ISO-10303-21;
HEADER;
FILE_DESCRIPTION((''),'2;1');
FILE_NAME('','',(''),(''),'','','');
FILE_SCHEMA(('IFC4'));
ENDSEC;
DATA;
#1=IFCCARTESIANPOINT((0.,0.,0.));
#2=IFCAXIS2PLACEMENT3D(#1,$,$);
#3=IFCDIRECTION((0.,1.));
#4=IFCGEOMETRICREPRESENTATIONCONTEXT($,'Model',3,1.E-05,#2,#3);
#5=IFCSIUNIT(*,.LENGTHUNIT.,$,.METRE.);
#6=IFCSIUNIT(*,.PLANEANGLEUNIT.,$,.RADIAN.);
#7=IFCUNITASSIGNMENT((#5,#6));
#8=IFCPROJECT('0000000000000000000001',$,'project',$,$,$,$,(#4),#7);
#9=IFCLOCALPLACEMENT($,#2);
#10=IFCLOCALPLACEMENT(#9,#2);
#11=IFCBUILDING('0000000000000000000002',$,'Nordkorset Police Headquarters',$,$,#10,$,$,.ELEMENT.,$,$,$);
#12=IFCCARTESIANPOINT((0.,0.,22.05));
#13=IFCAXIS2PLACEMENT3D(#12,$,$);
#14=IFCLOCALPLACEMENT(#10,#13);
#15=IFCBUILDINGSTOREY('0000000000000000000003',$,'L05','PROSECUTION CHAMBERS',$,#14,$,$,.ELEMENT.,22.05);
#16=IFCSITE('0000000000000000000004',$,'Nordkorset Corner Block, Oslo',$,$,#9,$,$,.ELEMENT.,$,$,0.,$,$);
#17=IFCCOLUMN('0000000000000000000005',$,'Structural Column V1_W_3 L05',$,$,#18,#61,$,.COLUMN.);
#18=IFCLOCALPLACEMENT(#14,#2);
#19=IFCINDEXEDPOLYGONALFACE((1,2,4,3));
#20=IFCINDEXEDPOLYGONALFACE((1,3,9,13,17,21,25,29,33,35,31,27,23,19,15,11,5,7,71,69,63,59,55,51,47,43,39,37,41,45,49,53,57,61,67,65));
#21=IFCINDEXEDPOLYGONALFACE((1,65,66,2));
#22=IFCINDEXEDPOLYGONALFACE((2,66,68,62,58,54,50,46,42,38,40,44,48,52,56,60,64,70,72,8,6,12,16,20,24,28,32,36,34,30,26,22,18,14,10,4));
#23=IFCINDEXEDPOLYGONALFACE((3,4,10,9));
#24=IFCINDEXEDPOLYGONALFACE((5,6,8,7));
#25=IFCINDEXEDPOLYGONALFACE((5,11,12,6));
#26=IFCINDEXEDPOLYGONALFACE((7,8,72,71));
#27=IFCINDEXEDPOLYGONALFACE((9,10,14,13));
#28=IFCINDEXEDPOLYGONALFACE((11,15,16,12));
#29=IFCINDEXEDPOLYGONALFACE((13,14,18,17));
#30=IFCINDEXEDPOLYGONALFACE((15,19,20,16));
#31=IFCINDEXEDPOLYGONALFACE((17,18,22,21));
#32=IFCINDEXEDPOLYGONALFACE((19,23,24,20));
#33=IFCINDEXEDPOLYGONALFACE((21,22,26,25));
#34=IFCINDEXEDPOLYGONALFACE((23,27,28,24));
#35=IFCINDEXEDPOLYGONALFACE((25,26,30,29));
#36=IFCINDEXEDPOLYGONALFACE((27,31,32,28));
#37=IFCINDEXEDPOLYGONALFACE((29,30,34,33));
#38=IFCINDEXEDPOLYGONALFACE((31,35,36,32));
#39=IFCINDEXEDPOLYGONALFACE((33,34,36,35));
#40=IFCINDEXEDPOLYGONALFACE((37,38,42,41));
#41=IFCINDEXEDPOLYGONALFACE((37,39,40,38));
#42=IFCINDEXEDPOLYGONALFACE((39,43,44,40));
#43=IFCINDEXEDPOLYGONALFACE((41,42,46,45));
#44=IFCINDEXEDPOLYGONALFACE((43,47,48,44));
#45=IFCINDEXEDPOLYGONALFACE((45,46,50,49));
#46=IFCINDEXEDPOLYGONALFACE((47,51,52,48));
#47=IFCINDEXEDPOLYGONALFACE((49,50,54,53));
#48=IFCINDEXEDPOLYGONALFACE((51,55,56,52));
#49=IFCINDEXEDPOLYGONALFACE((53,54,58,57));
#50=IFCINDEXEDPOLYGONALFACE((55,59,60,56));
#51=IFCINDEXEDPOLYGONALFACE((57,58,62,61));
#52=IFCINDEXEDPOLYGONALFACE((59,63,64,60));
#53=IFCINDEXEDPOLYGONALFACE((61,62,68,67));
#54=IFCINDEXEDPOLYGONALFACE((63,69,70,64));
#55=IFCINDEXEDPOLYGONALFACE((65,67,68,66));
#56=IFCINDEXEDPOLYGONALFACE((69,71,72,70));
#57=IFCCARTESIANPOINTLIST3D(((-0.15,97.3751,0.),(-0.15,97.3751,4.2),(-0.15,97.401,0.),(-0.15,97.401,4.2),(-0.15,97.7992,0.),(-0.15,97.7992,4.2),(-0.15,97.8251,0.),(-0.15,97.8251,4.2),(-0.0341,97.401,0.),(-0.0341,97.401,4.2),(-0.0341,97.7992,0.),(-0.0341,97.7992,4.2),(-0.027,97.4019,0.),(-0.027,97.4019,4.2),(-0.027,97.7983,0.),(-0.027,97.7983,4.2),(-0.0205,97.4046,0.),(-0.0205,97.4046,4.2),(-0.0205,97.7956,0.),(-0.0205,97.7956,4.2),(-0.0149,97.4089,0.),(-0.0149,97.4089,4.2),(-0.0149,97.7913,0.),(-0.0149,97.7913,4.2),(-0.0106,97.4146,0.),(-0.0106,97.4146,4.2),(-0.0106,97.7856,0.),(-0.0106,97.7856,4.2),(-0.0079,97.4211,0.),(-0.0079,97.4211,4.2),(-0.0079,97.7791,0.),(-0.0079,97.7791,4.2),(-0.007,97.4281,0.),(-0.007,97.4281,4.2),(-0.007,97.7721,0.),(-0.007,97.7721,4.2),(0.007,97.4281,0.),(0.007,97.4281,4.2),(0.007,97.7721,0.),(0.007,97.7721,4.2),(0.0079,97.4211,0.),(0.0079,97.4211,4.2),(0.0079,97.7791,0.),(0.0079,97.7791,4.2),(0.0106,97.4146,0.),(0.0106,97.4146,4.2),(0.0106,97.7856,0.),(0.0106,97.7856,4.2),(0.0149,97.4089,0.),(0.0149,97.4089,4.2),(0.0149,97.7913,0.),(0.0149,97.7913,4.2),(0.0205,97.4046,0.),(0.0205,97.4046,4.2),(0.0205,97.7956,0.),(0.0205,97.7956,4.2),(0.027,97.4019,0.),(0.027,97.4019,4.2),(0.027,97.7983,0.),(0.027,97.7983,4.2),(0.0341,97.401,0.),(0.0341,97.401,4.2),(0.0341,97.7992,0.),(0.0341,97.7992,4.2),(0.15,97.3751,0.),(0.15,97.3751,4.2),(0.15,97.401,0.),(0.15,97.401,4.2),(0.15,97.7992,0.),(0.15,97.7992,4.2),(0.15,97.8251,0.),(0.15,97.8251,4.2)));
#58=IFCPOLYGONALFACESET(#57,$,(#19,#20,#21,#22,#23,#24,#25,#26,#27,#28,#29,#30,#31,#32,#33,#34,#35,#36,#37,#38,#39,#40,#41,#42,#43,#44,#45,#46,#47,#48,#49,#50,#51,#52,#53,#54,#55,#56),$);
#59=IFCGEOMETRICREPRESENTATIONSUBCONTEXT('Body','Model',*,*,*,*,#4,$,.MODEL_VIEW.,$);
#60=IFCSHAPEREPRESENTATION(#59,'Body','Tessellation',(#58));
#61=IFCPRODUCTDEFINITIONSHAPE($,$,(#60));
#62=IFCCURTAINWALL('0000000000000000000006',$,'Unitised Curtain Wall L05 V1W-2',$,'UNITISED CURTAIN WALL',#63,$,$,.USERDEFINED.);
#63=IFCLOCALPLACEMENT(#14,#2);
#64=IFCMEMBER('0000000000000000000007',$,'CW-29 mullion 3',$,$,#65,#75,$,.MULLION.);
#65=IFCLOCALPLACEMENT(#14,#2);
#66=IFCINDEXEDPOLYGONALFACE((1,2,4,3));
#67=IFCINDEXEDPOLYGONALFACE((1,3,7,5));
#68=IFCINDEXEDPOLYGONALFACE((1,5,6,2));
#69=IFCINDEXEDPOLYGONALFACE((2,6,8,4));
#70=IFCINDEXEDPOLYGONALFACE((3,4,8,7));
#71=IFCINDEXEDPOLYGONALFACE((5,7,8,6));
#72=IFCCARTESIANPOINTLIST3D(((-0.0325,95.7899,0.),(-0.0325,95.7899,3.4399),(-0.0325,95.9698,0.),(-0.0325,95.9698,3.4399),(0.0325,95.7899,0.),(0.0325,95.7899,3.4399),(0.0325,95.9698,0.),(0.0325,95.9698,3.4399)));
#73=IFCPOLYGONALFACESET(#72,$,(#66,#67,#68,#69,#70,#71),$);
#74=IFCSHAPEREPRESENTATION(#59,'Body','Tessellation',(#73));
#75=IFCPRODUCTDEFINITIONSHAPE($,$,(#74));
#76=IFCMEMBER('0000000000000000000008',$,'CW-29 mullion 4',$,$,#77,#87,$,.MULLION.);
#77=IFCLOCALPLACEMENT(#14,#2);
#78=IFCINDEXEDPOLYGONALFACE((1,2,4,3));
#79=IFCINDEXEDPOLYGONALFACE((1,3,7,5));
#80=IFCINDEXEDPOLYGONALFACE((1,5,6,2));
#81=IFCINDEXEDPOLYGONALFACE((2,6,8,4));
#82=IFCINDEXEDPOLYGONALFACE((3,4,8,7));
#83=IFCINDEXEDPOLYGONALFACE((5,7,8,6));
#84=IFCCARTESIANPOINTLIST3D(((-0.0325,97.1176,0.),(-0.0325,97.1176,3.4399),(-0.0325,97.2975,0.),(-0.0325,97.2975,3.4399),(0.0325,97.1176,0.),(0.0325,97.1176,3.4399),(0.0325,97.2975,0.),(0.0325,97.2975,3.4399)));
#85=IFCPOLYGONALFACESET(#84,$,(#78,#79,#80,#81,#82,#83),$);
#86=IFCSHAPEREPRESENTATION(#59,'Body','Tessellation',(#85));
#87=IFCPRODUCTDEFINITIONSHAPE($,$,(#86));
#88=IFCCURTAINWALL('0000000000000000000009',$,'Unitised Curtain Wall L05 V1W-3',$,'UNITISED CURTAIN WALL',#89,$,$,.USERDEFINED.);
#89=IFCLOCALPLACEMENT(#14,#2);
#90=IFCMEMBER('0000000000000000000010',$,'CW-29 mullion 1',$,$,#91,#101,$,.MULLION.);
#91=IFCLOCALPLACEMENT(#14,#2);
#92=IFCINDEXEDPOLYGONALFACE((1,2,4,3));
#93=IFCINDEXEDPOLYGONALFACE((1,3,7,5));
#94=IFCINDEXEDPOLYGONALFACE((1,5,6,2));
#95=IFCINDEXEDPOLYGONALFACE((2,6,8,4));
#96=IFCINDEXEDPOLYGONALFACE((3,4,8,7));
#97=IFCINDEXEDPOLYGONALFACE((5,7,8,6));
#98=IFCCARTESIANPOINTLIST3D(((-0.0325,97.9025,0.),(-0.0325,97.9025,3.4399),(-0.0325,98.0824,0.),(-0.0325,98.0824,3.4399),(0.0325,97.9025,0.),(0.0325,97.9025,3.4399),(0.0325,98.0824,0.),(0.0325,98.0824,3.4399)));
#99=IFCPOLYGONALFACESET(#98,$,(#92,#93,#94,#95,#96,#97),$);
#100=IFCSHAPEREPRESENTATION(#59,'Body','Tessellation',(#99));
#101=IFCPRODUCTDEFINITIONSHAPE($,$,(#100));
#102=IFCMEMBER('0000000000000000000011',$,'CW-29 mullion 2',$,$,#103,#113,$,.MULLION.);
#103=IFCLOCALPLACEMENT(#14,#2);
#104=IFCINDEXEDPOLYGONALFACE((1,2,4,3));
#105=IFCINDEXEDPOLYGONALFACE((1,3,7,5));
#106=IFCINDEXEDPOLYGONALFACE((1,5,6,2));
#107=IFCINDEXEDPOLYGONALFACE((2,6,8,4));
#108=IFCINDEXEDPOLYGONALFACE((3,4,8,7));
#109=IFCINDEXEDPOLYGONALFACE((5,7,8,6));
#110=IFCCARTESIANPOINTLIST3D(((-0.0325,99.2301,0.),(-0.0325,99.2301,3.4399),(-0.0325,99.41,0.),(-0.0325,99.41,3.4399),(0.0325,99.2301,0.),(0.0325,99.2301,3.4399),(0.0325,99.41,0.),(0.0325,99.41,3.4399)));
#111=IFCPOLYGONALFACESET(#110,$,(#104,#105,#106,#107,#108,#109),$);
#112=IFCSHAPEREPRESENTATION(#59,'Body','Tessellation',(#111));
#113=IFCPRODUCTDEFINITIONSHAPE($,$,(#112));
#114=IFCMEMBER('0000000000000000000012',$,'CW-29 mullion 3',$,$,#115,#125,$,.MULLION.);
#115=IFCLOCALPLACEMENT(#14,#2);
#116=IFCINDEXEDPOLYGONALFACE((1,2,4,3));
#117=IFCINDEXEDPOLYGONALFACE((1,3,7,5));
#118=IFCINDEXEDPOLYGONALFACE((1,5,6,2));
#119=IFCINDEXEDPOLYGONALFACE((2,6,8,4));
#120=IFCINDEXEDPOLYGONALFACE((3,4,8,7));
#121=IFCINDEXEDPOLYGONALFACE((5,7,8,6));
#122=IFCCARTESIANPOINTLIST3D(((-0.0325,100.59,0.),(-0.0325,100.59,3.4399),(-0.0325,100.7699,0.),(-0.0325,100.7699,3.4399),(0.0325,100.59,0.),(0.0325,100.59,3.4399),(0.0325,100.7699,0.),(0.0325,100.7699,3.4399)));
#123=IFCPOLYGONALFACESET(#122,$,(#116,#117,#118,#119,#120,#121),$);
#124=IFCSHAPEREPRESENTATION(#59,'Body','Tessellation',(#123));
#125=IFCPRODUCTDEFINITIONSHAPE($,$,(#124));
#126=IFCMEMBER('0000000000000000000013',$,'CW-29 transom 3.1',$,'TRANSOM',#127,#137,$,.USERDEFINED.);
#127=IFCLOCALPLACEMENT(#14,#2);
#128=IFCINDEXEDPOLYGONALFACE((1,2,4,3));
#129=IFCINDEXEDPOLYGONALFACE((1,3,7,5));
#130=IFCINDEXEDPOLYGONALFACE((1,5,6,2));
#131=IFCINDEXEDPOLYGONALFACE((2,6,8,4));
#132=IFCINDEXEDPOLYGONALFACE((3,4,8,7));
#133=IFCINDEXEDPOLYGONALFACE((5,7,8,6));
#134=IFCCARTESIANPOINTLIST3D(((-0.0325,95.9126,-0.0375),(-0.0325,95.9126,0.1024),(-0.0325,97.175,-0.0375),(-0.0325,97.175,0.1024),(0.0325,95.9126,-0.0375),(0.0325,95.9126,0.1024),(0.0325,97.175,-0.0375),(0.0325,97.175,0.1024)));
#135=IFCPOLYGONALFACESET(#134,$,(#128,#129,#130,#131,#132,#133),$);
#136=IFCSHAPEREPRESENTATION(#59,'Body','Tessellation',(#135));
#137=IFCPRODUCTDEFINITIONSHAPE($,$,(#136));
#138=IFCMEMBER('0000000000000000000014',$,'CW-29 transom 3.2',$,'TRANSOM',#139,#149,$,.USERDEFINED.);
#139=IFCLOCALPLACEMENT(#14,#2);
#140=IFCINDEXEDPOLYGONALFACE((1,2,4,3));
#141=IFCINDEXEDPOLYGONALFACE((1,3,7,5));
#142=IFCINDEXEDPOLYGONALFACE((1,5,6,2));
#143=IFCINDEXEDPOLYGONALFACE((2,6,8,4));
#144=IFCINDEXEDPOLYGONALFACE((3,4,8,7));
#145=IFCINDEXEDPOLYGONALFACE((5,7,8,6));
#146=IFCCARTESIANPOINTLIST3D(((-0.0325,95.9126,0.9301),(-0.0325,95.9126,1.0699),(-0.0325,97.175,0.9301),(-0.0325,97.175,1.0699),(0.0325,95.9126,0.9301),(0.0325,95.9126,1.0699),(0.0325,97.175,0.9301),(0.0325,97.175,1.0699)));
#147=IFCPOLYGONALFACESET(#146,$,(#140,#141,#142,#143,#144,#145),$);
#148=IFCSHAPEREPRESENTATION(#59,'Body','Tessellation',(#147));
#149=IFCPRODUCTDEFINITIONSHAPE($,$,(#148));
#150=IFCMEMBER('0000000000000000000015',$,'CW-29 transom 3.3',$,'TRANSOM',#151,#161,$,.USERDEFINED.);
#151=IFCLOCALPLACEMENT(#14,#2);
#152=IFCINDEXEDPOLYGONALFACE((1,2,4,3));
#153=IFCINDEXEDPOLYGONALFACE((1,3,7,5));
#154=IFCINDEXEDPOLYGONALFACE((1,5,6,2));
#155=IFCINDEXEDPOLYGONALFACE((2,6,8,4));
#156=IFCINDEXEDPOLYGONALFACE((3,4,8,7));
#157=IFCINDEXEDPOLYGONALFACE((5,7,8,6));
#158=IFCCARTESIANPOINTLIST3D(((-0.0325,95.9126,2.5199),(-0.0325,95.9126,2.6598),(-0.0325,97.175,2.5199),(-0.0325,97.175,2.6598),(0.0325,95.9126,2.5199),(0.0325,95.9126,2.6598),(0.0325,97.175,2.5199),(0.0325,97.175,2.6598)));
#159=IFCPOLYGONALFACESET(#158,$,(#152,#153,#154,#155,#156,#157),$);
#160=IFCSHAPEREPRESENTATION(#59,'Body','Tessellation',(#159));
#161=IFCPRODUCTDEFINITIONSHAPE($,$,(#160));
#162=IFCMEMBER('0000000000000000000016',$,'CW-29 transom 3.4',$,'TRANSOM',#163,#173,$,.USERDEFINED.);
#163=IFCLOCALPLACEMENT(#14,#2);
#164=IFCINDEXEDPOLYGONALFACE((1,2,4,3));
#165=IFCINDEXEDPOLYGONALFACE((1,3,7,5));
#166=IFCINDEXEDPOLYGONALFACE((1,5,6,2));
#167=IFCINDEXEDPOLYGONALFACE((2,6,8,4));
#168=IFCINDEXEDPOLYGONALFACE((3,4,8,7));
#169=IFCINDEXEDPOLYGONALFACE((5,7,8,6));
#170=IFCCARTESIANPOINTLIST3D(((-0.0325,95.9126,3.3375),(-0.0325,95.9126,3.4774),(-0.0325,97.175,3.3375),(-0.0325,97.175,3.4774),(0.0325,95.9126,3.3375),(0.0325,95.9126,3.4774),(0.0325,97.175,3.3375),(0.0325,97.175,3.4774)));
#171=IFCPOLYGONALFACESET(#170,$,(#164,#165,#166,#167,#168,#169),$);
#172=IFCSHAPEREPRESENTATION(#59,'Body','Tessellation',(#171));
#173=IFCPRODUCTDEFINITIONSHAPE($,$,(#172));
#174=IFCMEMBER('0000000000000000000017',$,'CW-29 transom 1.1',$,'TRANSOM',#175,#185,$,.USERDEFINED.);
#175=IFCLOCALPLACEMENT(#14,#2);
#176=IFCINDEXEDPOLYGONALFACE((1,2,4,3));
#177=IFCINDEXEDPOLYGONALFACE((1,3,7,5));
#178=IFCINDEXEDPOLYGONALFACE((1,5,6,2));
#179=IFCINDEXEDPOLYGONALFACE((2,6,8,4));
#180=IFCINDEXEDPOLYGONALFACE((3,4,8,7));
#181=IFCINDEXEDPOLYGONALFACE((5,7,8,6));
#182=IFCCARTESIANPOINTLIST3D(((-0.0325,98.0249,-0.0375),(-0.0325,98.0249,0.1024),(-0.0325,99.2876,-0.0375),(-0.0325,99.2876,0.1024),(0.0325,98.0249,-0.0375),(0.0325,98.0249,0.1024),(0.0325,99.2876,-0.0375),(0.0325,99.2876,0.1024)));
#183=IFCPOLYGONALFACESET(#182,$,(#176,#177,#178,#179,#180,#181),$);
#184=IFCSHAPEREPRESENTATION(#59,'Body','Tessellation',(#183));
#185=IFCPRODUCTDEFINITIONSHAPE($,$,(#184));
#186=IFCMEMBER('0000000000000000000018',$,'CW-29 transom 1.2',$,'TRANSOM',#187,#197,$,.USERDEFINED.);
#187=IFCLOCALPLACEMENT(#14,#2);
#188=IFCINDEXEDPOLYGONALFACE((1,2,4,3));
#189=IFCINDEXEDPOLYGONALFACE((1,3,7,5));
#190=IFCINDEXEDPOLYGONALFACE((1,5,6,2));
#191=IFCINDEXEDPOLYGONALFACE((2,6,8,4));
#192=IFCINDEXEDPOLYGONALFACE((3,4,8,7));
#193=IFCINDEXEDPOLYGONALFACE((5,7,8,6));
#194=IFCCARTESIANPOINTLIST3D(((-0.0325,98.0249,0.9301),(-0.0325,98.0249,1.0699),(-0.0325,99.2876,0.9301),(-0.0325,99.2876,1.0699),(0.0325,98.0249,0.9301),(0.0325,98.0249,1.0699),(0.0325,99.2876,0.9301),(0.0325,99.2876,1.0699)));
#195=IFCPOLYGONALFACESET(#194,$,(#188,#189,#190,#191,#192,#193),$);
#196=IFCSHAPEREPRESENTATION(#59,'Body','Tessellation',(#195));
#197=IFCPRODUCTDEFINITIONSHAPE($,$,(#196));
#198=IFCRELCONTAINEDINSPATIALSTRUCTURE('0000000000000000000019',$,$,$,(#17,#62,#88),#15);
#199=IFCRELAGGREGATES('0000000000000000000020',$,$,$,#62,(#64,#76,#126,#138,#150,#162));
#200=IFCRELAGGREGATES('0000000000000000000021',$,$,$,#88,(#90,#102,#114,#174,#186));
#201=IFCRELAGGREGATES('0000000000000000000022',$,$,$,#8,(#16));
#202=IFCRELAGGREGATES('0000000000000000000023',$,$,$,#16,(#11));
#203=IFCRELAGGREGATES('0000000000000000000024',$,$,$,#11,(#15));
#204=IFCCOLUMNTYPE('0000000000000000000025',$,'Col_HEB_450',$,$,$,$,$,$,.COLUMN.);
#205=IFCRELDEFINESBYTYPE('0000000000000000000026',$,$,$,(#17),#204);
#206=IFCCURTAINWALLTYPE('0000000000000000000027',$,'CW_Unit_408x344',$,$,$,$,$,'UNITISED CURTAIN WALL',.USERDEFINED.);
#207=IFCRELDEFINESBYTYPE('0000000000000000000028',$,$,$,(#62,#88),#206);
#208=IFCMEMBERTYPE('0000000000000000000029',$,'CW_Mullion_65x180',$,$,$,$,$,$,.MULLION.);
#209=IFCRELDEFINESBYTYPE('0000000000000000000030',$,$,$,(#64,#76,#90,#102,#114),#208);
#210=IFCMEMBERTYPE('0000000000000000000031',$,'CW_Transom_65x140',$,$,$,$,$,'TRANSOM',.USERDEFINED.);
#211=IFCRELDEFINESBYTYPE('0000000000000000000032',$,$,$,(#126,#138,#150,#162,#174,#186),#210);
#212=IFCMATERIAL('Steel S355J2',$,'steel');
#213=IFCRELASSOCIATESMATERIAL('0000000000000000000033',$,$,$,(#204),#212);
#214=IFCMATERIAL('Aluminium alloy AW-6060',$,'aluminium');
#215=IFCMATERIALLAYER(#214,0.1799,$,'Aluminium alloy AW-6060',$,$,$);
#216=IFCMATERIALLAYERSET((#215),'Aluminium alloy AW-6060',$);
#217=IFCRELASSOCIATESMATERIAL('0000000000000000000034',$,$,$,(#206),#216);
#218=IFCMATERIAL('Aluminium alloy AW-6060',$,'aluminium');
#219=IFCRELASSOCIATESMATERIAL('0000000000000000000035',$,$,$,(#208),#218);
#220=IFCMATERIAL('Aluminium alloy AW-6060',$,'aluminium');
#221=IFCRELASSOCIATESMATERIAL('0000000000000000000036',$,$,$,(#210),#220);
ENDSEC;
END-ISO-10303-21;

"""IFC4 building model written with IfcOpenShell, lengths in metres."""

from ifc_helpers import new_model, si_unit, direction, frame, origin, origin_2d, place, context, subcontext, project, spatial, rectangle, i_section, extrude, material, layer, layer_set, material_profile, profile_set, type_object, element, aggregate, save


model = new_model("IFC4")

# Units and contexts
model_context = context("Model", 3, precision=1e-05, world=origin(), true_north=direction((0.0, 1.0)))
body_context = subcontext(model_context, "Body", "Model", "MODEL_VIEW")
ifc_project = project(units=[si_unit("LENGTHUNIT", "METRE"), si_unit("PLANEANGLEUNIT", "RADIAN")], contexts=[model_context])

# Site, building, storey
site_placement = place(None, origin())
site = spatial("IfcSite", under=ifc_project, at=site_placement, Name="Nordkorset Corner Block, Oslo", CompositionType="ELEMENT", RefElevation=0.0)
building_placement = place(site_placement, origin())
building = spatial("IfcBuilding", under=site, at=building_placement, Name="Nordkorset Police Headquarters", CompositionType="ELEMENT")
storey_placement = place(building_placement, frame((0.0, 0.0, 22.05)))
storey = spatial("IfcBuildingStorey", under=building, at=storey_placement, Name="L05", Description="PROSECUTION CHAMBERS", CompositionType="ELEMENT", Elevation=22.05)

# Column
ifc_material_1 = material(Name="Steel S355J2", Category="steel")
ifc_material_profile_1 = material_profile(ifc_material_1, i_section(OverallWidth=0.3, OverallDepth=0.45, WebThickness=0.0139, FlangeThickness=0.0259, FilletRadius=0.0271, at=origin_2d()), Name="HEB 450")
ifc_profile_set_1 = profile_set([ifc_material_profile_1], Name="Steel S355J2")
column_type = type_object("IfcColumnType", Name="Col_HEB_450", PredefinedType="COLUMN", material=ifc_profile_set_1)
column_placement = place(storey_placement, frame((0.0, 97.6001, 0.0), z_axis=(0.0, 0.0, 1.0), x_axis=(1.0, 0.0, 0.0)))
element("IfcColumn", 1, at=column_placement, inside=storey, type_object=column_type, Name="Structural Column V1_W_3 L05", PredefinedType="COLUMN", context=body_context, shape_type="SweptSolid", body=[
    extrude(i_section(OverallWidth=0.3, OverallDepth=0.45, WebThickness=0.0139, FlangeThickness=0.0259, FilletRadius=0.0271, at=origin_2d()), origin(), (0.0, 0.0, 1.0), 4.2),
])

# Curtain walls, members
ifc_material_2 = material(Name="Aluminium alloy AW-6060", Category="aluminium")
ifc_layer_1 = layer(ifc_material_2, 0.1799, Name="Aluminium alloy AW-6060")
ifc_layer_set_1 = layer_set([ifc_layer_1], Name="Aluminium alloy AW-6060")
curtain_wall_type = type_object("IfcCurtainWallType", Name="CW_Unit_408x344", ElementType="UNITISED CURTAIN WALL", PredefinedType="USERDEFINED", material=ifc_layer_set_1)
curtain_wall_1_placement = place(storey_placement, origin())
curtain_wall_1 = element("IfcCurtainWall", 2, at=curtain_wall_1_placement, inside=storey, type_object=curtain_wall_type, Name="Unitised Curtain Wall L05 V1W-2", ObjectType="UNITISED CURTAIN WALL", PredefinedType="USERDEFINED")
ifc_material_3 = material(Name="Aluminium alloy AW-6060", Category="aluminium")
ifc_material_profile_2 = material_profile(ifc_material_3, rectangle(XDim=0.0649, YDim=0.1799, at=origin_2d()), Name="ALU MULL 65x180")
ifc_profile_set_2 = profile_set([ifc_material_profile_2], Name="Aluminium alloy AW-6060")
member_type_1 = type_object("IfcMemberType", Name="CW_Mullion_65x180", PredefinedType="MULLION", material=ifc_profile_set_2)
member_1_placement = place(storey_placement, frame((0.0, 95.8799, 0.0), z_axis=(0.0, 0.0, 1.0), x_axis=(-1.0, 0.0, 0.0)))
member_1 = element("IfcMember", 3, at=member_1_placement, type_object=member_type_1, Name="CW-29 mullion 3", PredefinedType="MULLION", context=body_context, shape_type="SweptSolid", body=[
    extrude(rectangle(XDim=0.0649, YDim=0.1799, at=origin_2d()), origin(), (0.0, 0.0, 1.0), 3.4399),
])
member_2_placement = place(storey_placement, frame((0.0, 97.2075, 0.0), z_axis=(0.0, 0.0, 1.0), x_axis=(-1.0, 0.0, 0.0)))
member_2 = element("IfcMember", 4, at=member_2_placement, type_object=member_type_1, Name="CW-29 mullion 4", PredefinedType="MULLION", context=body_context, shape_type="SweptSolid", body=[
    extrude(rectangle(XDim=0.0649, YDim=0.1799, at=origin_2d()), origin(), (0.0, 0.0, 1.0), 3.4399),
])
curtain_wall_2_placement = place(storey_placement, origin())
curtain_wall_2 = element("IfcCurtainWall", 5, at=curtain_wall_2_placement, inside=storey, type_object=curtain_wall_type, Name="Unitised Curtain Wall L05 V1W-3", ObjectType="UNITISED CURTAIN WALL", PredefinedType="USERDEFINED")
member_3_placement = place(storey_placement, frame((0.0, 97.9924, 0.0), z_axis=(0.0, 0.0, 1.0), x_axis=(-1.0, 0.0, 0.0)))
member_3 = element("IfcMember", 6, at=member_3_placement, type_object=member_type_1, Name="CW-29 mullion 1", PredefinedType="MULLION", context=body_context, shape_type="SweptSolid", body=[
    extrude(rectangle(XDim=0.0649, YDim=0.1799, at=origin_2d()), origin(), (0.0, 0.0, 1.0), 3.4399),
])
member_4_placement = place(storey_placement, frame((0.0, 99.3201, 0.0), z_axis=(0.0, 0.0, 1.0), x_axis=(-1.0, 0.0, 0.0)))
member_4 = element("IfcMember", 7, at=member_4_placement, type_object=member_type_1, Name="CW-29 mullion 2", PredefinedType="MULLION", context=body_context, shape_type="SweptSolid", body=[
    extrude(rectangle(XDim=0.0649, YDim=0.1799, at=origin_2d()), origin(), (0.0, 0.0, 1.0), 3.4399),
])
member_5_placement = place(storey_placement, frame((0.0, 100.6799, 0.0), z_axis=(0.0, 0.0, 1.0), x_axis=(-1.0, 0.0, 0.0)))
member_5 = element("IfcMember", 8, at=member_5_placement, type_object=member_type_1, Name="CW-29 mullion 3", PredefinedType="MULLION", context=body_context, shape_type="SweptSolid", body=[
    extrude(rectangle(XDim=0.0649, YDim=0.1799, at=origin_2d()), origin(), (0.0, 0.0, 1.0), 3.4399),
])

# Members
ifc_material_4 = material(Name="Aluminium alloy AW-6060", Category="aluminium")
ifc_material_profile_3 = material_profile(ifc_material_4, rectangle(XDim=0.0649, YDim=0.1399, at=origin_2d()), Name="ALU TRAN 65x140")
ifc_profile_set_3 = profile_set([ifc_material_profile_3], Name="Aluminium alloy AW-6060")
member_type_2 = type_object("IfcMemberType", Name="CW_Transom_65x140", ElementType="TRANSOM", PredefinedType="USERDEFINED", material=ifc_profile_set_3)
member_6_placement = place(storey_placement, frame((0.0, 95.9126, 0.0325), z_axis=(0.0, 1.0, 0.0), x_axis=(-1.0, 0.0, 0.0)))
member_6 = element("IfcMember", 9, at=member_6_placement, type_object=member_type_2, Name="CW-29 transom 3.1", ObjectType="TRANSOM", PredefinedType="USERDEFINED", context=body_context, shape_type="SweptSolid", body=[
    extrude(rectangle(XDim=0.0649, YDim=0.1399, at=origin_2d()), origin(), (0.0, 0.0, 1.0), 1.2625),
])
member_7_placement = place(storey_placement, frame((0.0, 95.9126, 1.0), z_axis=(0.0, 1.0, 0.0), x_axis=(-1.0, 0.0, 0.0)))
member_7 = element("IfcMember", 10, at=member_7_placement, type_object=member_type_2, Name="CW-29 transom 3.2", ObjectType="TRANSOM", PredefinedType="USERDEFINED", context=body_context, shape_type="SweptSolid", body=[
    extrude(rectangle(XDim=0.0649, YDim=0.1399, at=origin_2d()), origin(), (0.0, 0.0, 1.0), 1.2625),
])
member_8_placement = place(storey_placement, frame((0.0, 95.9126, 2.5898), z_axis=(0.0, 1.0, 0.0), x_axis=(-1.0, 0.0, 0.0)))
member_8 = element("IfcMember", 11, at=member_8_placement, type_object=member_type_2, Name="CW-29 transom 3.3", ObjectType="TRANSOM", PredefinedType="USERDEFINED", context=body_context, shape_type="SweptSolid", body=[
    extrude(rectangle(XDim=0.0649, YDim=0.1399, at=origin_2d()), origin(), (0.0, 0.0, 1.0), 1.2625),
])
member_9_placement = place(storey_placement, frame((0.0, 95.9126, 3.4075), z_axis=(0.0, 1.0, 0.0), x_axis=(-1.0, 0.0, 0.0)))
member_9 = element("IfcMember", 12, at=member_9_placement, type_object=member_type_2, Name="CW-29 transom 3.4", ObjectType="TRANSOM", PredefinedType="USERDEFINED", context=body_context, shape_type="SweptSolid", body=[
    extrude(rectangle(XDim=0.0649, YDim=0.1399, at=origin_2d()), origin(), (0.0, 0.0, 1.0), 1.2625),
])
member_10_placement = place(storey_placement, frame((0.0, 98.0249, 0.0325), z_axis=(0.0, 1.0, 0.0), x_axis=(-1.0, 0.0, 0.0)))
member_10 = element("IfcMember", 13, at=member_10_placement, type_object=member_type_2, Name="CW-29 transom 1.1", ObjectType="TRANSOM", PredefinedType="USERDEFINED", context=body_context, shape_type="SweptSolid", body=[
    extrude(rectangle(XDim=0.0649, YDim=0.1399, at=origin_2d()), origin(), (0.0, 0.0, 1.0), 1.2627),
])
member_11_placement = place(storey_placement, frame((0.0, 98.0249, 1.0), z_axis=(0.0, 1.0, 0.0), x_axis=(-1.0, 0.0, 0.0)))
member_11 = element("IfcMember", 14, at=member_11_placement, type_object=member_type_2, Name="CW-29 transom 1.2", ObjectType="TRANSOM", PredefinedType="USERDEFINED", context=body_context, shape_type="SweptSolid", body=[
    extrude(rectangle(XDim=0.0649, YDim=0.1399, at=origin_2d()), origin(), (0.0, 0.0, 1.0), 1.2627),
])

aggregate(curtain_wall_1, [member_1, member_2, member_6, member_7, member_8, member_9])
aggregate(curtain_wall_2, [member_3, member_4, member_5, member_10, member_11])

save(model, "model.ifc")
